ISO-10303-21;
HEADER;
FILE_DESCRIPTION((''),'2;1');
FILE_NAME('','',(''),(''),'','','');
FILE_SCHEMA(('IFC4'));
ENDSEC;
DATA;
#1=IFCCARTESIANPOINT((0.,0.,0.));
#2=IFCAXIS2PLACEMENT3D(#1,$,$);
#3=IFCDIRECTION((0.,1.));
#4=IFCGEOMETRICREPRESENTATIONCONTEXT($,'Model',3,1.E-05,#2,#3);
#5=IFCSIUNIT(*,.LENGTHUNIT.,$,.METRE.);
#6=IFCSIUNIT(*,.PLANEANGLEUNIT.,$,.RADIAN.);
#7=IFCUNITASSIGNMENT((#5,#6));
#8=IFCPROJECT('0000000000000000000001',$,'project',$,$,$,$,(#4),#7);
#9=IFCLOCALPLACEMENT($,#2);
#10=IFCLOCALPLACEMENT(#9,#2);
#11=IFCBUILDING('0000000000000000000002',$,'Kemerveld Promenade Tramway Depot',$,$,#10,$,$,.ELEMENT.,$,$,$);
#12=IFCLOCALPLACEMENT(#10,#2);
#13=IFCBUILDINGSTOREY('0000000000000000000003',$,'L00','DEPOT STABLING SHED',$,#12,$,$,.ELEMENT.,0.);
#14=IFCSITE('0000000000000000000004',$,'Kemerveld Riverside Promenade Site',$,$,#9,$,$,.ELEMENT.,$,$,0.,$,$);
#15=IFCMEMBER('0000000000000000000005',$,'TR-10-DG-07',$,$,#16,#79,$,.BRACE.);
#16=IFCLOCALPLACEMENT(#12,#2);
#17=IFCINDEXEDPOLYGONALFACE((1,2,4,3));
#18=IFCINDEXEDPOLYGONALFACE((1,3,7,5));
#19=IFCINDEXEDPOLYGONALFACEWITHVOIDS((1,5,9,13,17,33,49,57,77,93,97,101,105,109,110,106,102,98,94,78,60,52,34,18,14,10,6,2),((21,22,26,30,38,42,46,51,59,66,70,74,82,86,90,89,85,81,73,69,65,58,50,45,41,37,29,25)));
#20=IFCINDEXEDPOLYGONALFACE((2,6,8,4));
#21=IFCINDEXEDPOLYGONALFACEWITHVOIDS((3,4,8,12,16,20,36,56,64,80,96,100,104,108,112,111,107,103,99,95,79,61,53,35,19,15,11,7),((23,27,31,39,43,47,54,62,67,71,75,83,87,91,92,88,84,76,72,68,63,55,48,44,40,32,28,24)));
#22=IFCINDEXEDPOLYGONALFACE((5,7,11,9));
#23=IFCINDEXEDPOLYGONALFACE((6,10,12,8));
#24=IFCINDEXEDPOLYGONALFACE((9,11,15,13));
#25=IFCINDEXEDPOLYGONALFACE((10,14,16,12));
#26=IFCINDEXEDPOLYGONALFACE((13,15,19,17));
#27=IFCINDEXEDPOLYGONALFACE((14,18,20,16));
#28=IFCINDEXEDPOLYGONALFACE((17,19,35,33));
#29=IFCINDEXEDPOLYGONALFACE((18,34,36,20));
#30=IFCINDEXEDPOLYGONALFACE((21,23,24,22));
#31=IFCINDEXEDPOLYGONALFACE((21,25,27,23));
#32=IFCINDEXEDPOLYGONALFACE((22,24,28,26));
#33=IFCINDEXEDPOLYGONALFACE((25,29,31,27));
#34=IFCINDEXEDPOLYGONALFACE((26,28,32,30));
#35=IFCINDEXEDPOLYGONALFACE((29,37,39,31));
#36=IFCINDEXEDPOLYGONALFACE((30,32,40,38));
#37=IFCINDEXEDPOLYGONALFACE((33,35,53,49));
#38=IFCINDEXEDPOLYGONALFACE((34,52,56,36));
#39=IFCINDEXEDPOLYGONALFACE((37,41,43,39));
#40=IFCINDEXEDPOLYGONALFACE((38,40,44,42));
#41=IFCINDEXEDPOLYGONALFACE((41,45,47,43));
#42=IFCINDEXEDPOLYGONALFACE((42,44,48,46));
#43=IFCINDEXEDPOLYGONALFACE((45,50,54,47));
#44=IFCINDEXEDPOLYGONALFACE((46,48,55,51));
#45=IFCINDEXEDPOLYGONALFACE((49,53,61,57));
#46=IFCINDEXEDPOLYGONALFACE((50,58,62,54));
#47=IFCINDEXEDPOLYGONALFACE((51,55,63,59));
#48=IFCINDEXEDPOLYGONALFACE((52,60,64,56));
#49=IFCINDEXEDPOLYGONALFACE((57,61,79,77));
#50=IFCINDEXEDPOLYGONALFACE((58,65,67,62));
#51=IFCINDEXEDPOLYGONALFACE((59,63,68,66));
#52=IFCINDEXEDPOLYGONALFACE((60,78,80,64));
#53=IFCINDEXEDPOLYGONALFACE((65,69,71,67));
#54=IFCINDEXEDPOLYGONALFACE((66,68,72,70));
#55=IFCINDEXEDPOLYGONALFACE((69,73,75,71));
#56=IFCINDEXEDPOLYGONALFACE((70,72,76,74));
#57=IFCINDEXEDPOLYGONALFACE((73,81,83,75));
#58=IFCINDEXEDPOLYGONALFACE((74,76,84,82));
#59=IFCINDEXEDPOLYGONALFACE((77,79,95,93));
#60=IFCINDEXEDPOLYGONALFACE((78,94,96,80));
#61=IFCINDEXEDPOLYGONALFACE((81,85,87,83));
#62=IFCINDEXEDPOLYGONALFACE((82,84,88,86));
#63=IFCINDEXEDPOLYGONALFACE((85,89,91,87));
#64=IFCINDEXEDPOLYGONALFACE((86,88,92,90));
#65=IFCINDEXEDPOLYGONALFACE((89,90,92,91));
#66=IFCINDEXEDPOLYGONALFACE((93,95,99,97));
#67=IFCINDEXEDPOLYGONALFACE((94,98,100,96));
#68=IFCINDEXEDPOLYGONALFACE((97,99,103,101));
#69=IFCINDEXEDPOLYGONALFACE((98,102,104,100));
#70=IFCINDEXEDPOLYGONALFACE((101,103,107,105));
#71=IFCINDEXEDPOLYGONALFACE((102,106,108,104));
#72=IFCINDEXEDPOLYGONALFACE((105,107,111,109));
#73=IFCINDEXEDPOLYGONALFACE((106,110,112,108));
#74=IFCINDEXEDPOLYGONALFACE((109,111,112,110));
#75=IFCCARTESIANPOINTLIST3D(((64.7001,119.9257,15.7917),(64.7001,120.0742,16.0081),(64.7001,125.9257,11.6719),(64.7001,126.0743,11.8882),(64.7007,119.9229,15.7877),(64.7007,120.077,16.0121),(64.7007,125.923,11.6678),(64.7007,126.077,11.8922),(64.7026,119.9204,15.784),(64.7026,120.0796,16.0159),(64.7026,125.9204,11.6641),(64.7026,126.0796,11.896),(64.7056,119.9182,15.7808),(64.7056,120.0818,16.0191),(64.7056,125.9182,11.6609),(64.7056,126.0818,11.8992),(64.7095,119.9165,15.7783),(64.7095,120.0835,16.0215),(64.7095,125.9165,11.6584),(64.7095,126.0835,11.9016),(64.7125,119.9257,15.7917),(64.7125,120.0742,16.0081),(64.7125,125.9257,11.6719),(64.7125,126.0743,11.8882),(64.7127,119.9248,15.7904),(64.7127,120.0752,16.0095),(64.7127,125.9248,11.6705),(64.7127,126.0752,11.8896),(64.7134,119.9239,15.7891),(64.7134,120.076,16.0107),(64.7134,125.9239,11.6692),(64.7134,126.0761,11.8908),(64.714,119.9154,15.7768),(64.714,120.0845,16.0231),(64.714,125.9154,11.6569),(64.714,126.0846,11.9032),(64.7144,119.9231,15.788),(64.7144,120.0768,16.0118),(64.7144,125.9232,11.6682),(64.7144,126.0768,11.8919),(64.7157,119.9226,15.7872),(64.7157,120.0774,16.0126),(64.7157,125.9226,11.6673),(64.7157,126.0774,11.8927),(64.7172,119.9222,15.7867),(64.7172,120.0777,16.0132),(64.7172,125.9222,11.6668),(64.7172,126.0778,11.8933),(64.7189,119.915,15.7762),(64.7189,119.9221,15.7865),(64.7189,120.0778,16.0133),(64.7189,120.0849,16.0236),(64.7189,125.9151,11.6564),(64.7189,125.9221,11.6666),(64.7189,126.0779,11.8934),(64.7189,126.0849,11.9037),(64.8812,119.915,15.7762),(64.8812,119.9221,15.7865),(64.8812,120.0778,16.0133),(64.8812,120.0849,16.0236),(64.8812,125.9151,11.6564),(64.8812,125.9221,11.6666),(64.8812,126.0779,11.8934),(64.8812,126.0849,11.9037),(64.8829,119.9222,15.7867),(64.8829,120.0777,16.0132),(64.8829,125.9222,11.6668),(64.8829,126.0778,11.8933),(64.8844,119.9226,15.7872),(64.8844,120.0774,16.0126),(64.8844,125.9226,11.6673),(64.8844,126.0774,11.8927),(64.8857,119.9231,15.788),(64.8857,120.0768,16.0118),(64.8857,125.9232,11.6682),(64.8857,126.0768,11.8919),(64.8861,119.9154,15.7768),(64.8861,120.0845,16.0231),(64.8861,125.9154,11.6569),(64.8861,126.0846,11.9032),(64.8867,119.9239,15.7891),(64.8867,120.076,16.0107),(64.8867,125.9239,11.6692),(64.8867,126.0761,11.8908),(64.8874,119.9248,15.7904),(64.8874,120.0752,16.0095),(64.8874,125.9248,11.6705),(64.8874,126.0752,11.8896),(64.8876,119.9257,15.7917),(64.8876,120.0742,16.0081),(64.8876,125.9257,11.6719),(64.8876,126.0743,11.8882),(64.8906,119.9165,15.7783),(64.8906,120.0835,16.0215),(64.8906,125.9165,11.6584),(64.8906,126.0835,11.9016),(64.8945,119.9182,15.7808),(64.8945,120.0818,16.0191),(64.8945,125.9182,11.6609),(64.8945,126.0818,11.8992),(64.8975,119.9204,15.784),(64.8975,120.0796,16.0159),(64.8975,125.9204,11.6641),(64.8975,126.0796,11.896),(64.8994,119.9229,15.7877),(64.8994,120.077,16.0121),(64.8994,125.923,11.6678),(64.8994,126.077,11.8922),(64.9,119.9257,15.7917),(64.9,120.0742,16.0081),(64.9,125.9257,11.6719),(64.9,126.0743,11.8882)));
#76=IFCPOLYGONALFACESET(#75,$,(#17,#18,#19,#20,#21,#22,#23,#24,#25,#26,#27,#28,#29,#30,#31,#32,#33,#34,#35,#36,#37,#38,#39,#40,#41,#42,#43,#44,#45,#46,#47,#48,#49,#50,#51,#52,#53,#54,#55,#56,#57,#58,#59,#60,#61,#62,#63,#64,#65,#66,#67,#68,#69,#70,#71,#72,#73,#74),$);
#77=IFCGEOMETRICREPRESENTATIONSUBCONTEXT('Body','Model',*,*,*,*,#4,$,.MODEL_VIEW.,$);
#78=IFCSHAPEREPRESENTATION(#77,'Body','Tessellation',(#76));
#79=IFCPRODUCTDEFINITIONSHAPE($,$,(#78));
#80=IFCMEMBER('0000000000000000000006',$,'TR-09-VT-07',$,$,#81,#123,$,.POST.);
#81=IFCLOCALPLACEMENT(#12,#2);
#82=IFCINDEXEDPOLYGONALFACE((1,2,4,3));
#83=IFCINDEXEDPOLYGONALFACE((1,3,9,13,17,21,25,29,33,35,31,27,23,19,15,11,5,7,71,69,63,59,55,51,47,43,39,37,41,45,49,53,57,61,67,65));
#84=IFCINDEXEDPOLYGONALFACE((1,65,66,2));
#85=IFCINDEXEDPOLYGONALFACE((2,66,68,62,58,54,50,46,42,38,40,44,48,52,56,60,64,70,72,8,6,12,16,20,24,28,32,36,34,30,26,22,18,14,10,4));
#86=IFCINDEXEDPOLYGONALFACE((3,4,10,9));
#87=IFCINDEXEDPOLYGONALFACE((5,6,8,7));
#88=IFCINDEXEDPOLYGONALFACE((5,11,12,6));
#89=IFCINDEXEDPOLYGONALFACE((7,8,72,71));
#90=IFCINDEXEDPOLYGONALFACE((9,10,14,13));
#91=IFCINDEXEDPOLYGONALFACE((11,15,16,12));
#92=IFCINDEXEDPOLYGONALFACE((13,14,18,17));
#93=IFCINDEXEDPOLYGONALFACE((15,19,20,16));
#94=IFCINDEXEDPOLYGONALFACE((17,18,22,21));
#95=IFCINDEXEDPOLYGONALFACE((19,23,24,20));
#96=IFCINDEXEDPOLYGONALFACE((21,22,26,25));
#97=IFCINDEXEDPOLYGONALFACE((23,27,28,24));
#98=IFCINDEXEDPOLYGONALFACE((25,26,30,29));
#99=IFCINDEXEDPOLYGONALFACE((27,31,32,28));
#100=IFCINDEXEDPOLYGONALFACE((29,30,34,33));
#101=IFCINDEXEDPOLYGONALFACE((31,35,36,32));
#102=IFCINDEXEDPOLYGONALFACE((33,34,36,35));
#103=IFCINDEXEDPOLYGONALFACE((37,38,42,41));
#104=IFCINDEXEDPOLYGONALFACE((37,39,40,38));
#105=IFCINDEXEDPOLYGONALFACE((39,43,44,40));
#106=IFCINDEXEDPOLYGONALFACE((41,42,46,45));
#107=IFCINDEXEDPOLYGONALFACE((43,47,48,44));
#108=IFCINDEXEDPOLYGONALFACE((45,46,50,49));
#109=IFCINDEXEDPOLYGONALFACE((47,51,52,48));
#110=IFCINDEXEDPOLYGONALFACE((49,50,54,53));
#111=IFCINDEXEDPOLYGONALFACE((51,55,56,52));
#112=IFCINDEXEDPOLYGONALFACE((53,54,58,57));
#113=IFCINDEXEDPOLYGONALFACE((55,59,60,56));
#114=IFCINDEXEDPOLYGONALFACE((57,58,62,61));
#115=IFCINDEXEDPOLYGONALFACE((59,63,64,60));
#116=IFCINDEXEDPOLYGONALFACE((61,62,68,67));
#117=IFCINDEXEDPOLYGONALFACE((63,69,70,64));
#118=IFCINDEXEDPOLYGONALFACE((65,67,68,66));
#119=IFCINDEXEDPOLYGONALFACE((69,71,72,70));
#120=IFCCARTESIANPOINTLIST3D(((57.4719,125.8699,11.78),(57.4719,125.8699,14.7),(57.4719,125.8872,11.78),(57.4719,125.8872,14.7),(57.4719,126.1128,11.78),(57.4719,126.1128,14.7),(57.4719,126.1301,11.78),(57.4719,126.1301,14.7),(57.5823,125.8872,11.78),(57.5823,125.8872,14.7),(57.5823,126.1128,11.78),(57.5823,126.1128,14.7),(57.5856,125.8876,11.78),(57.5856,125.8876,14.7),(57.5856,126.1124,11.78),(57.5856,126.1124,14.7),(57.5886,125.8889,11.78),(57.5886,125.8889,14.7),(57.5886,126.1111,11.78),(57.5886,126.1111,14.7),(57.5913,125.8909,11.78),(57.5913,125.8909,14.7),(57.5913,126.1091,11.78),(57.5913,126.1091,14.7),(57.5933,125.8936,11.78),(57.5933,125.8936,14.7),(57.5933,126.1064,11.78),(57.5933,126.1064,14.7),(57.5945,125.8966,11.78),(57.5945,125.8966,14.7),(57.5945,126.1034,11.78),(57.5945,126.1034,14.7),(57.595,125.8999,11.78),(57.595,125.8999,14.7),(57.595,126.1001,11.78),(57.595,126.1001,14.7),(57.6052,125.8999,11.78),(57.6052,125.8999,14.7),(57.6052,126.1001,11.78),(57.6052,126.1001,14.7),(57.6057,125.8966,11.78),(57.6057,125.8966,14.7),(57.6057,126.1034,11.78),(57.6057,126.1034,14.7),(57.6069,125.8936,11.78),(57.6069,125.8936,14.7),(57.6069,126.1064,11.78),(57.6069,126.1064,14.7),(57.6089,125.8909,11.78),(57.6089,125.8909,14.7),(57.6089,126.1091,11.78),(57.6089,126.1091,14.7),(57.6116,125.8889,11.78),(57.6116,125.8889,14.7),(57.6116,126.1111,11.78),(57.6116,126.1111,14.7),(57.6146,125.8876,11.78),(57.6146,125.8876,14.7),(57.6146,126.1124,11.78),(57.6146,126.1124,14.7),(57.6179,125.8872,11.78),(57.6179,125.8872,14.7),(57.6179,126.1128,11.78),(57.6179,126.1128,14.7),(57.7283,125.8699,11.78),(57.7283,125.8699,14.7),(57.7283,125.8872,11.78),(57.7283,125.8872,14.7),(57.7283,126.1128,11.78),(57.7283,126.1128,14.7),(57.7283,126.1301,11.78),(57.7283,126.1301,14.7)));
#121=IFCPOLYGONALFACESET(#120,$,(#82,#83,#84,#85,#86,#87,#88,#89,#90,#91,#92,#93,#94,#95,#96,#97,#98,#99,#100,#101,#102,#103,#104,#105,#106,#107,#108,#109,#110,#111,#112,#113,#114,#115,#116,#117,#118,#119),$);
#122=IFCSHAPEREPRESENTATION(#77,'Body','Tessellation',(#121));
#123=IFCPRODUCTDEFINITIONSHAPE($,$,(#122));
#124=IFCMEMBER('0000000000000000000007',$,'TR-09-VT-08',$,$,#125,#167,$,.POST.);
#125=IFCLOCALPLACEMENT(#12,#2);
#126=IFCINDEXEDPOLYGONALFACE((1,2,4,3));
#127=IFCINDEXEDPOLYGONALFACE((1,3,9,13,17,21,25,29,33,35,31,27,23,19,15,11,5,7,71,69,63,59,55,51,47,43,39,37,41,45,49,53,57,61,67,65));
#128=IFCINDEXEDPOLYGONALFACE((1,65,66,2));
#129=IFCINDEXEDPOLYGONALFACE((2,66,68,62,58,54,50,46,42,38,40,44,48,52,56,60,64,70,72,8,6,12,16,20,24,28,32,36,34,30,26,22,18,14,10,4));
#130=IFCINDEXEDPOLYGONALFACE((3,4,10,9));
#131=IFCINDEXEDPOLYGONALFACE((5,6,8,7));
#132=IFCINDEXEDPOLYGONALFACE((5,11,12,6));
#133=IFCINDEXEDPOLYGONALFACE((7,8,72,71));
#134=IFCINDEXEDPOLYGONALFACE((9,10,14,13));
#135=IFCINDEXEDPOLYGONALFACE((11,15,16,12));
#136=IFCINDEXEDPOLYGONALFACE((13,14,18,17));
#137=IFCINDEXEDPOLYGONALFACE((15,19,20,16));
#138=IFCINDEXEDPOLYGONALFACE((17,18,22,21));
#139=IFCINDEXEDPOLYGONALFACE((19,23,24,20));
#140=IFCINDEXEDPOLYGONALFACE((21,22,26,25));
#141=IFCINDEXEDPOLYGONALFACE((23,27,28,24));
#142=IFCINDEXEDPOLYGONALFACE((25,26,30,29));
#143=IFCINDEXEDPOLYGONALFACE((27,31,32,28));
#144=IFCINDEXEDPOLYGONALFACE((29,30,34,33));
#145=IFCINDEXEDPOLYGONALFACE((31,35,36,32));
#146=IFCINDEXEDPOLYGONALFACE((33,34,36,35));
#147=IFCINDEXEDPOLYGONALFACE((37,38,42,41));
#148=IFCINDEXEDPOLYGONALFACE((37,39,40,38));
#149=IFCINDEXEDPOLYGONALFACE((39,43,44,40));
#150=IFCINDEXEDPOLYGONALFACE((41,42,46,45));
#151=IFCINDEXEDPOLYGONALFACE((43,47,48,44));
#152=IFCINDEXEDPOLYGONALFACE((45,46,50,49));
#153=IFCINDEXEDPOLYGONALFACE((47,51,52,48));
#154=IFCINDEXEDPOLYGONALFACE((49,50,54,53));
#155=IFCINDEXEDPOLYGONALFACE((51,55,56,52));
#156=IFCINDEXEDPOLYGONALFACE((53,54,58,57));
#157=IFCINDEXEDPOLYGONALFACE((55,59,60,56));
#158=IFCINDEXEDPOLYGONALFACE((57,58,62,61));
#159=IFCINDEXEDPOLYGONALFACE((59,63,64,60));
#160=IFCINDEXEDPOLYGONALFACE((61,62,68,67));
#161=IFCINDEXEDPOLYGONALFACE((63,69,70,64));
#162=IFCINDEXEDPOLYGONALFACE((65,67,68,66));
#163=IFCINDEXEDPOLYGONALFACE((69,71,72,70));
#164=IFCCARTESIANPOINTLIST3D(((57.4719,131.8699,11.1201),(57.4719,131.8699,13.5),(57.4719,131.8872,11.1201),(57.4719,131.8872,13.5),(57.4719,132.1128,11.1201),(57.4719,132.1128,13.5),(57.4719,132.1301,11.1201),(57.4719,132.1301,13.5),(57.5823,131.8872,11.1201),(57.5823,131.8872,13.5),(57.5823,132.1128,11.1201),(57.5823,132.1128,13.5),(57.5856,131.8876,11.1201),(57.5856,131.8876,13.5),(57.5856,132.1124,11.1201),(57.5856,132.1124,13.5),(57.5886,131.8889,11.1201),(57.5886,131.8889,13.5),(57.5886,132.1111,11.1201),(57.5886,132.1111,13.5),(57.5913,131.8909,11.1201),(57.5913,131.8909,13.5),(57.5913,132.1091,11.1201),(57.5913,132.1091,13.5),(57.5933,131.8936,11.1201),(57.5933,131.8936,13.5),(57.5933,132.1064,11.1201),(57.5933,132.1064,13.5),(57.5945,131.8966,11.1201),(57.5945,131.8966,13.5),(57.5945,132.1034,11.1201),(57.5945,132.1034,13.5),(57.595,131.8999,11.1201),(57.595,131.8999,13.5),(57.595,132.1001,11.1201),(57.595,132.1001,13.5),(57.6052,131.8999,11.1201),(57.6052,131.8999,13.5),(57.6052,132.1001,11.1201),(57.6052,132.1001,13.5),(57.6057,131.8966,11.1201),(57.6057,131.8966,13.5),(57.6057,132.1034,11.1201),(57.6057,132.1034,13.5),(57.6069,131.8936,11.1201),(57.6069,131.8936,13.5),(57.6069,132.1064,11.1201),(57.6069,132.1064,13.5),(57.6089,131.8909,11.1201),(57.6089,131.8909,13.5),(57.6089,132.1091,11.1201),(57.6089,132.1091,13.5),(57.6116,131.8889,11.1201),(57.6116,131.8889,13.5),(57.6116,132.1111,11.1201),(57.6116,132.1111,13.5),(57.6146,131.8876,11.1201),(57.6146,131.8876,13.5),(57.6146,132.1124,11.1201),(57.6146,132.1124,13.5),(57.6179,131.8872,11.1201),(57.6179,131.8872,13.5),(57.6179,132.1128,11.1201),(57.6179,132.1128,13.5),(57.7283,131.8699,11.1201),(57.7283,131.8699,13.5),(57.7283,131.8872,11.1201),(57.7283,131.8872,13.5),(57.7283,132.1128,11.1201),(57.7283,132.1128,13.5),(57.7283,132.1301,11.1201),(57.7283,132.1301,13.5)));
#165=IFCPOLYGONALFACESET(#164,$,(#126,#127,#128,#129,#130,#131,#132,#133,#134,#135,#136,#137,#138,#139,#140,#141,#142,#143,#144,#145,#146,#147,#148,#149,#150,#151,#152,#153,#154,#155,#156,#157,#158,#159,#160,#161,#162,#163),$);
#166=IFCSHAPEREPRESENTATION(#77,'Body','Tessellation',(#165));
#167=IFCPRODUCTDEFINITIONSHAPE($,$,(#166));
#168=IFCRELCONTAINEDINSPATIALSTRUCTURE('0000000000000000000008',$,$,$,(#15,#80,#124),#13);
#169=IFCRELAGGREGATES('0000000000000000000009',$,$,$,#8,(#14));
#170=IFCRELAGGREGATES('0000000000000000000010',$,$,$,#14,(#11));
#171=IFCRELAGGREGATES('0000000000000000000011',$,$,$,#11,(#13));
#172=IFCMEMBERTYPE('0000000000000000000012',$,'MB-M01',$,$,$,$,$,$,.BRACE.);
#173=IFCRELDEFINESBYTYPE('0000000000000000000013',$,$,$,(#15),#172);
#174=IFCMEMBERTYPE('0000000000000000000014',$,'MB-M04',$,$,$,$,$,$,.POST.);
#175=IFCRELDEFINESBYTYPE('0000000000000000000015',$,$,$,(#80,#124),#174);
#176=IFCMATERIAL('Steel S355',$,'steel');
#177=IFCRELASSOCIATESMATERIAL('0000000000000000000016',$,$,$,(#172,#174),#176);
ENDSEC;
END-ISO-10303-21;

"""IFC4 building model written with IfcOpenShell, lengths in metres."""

from ifc_helpers import new_model, si_unit, direction, frame, origin, origin_2d, place, context, subcontext, project, spatial, hollow_rectangle, i_section, extrude, material, material_profile, profile_set, type_object, element, save


model = new_model("IFC4")

# Units and contexts
model_context = context("Model", 3, precision=1e-05, world=origin(), true_north=direction((0.0, 1.0)))
body_context = subcontext(model_context, "Body", "Model", "MODEL_VIEW")
ifc_project = project(units=[si_unit("LENGTHUNIT", "METRE"), si_unit("PLANEANGLEUNIT", "RADIAN")], contexts=[model_context])

# Site, building, storey
site_placement = place(None, origin())
site = spatial("IfcSite", under=ifc_project, at=site_placement, Name="Kemerveld Riverside Promenade Site", CompositionType="ELEMENT", RefElevation=0.0)
building_placement = place(site_placement, origin())
building = spatial("IfcBuilding", under=site, at=building_placement, Name="Kemerveld Promenade Tramway Depot", CompositionType="ELEMENT")
storey_placement = place(building_placement, origin())
storey = spatial("IfcBuildingStorey", under=building, at=storey_placement, Name="L00", Description="DEPOT STABLING SHED", CompositionType="ELEMENT", Elevation=0.0)

# Members
ifc_material_1 = material(Name="Steel S355", Category="steel")
ifc_material_profile_1 = material_profile(ifc_material_1, hollow_rectangle(XDim=0.2, YDim=0.3, WallThickness=0.0125, InnerFilletRadius=0.0063, OuterFilletRadius=0.0188, at=origin_2d()), Name="300x200x12.5 RHS")
ifc_profile_set_1 = profile_set([ifc_material_profile_1], Name="Steel S355")
member_type_1 = type_object("IfcMemberType", Name="MB-M01", PredefinedType="BRACE", material=ifc_profile_set_1)
member_1_placement = place(storey_placement, frame((64.8, 126.0, 11.78), z_axis=(0.0, -0.824371, 0.56605), x_axis=(1.0, 0.0, 0.0)))
element("IfcMember", 1, at=member_1_placement, inside=storey, type_object=member_type_1, Name="TR-10-DG-07", PredefinedType="BRACE", context=body_context, shape_type="SweptSolid", body=[
    extrude(hollow_rectangle(XDim=0.2, YDim=0.3, WallThickness=0.0125, InnerFilletRadius=0.0063, OuterFilletRadius=0.0188, at=origin_2d()), origin(), (0.0, 0.0, 1.0), 7.2783),
])
ifc_material_profile_2 = material_profile(ifc_material_1, i_section(OverallWidth=0.2563, OverallDepth=0.2603, WebThickness=0.0103, FlangeThickness=0.0173, FilletRadius=0.0127, at=origin_2d()), Name="254x254x89 UC")
ifc_profile_set_2 = profile_set([ifc_material_profile_2], Name="Steel S355")
member_type_2 = type_object("IfcMemberType", Name="MB-M04", PredefinedType="POST", material=ifc_profile_set_2)
member_2_placement = place(storey_placement, frame((57.6001, 126.0, 11.78), z_axis=(0.0, 0.0, 1.0), x_axis=(1.0, 0.0, 0.0)))
element("IfcMember", 2, at=member_2_placement, inside=storey, type_object=member_type_2, Name="TR-09-VT-07", PredefinedType="POST", context=body_context, shape_type="SweptSolid", body=[
    extrude(i_section(OverallWidth=0.2563, OverallDepth=0.2603, WebThickness=0.0103, FlangeThickness=0.0173, FilletRadius=0.0127, at=origin_2d()), origin(), (0.0, 0.0, 1.0), 2.9199),
])
member_3_placement = place(storey_placement, frame((57.6001, 132.0, 11.1201), z_axis=(0.0, 0.0, 1.0), x_axis=(1.0, 0.0, 0.0)))
element("IfcMember", 3, at=member_3_placement, inside=storey, type_object=member_type_2, Name="TR-09-VT-08", PredefinedType="POST", context=body_context, shape_type="SweptSolid", body=[
    extrude(i_section(OverallWidth=0.2563, OverallDepth=0.2603, WebThickness=0.0103, FlangeThickness=0.0173, FilletRadius=0.0127, at=origin_2d()), origin(), (0.0, 0.0, 1.0), 2.3799),
])

save(model, "model.ifc")
